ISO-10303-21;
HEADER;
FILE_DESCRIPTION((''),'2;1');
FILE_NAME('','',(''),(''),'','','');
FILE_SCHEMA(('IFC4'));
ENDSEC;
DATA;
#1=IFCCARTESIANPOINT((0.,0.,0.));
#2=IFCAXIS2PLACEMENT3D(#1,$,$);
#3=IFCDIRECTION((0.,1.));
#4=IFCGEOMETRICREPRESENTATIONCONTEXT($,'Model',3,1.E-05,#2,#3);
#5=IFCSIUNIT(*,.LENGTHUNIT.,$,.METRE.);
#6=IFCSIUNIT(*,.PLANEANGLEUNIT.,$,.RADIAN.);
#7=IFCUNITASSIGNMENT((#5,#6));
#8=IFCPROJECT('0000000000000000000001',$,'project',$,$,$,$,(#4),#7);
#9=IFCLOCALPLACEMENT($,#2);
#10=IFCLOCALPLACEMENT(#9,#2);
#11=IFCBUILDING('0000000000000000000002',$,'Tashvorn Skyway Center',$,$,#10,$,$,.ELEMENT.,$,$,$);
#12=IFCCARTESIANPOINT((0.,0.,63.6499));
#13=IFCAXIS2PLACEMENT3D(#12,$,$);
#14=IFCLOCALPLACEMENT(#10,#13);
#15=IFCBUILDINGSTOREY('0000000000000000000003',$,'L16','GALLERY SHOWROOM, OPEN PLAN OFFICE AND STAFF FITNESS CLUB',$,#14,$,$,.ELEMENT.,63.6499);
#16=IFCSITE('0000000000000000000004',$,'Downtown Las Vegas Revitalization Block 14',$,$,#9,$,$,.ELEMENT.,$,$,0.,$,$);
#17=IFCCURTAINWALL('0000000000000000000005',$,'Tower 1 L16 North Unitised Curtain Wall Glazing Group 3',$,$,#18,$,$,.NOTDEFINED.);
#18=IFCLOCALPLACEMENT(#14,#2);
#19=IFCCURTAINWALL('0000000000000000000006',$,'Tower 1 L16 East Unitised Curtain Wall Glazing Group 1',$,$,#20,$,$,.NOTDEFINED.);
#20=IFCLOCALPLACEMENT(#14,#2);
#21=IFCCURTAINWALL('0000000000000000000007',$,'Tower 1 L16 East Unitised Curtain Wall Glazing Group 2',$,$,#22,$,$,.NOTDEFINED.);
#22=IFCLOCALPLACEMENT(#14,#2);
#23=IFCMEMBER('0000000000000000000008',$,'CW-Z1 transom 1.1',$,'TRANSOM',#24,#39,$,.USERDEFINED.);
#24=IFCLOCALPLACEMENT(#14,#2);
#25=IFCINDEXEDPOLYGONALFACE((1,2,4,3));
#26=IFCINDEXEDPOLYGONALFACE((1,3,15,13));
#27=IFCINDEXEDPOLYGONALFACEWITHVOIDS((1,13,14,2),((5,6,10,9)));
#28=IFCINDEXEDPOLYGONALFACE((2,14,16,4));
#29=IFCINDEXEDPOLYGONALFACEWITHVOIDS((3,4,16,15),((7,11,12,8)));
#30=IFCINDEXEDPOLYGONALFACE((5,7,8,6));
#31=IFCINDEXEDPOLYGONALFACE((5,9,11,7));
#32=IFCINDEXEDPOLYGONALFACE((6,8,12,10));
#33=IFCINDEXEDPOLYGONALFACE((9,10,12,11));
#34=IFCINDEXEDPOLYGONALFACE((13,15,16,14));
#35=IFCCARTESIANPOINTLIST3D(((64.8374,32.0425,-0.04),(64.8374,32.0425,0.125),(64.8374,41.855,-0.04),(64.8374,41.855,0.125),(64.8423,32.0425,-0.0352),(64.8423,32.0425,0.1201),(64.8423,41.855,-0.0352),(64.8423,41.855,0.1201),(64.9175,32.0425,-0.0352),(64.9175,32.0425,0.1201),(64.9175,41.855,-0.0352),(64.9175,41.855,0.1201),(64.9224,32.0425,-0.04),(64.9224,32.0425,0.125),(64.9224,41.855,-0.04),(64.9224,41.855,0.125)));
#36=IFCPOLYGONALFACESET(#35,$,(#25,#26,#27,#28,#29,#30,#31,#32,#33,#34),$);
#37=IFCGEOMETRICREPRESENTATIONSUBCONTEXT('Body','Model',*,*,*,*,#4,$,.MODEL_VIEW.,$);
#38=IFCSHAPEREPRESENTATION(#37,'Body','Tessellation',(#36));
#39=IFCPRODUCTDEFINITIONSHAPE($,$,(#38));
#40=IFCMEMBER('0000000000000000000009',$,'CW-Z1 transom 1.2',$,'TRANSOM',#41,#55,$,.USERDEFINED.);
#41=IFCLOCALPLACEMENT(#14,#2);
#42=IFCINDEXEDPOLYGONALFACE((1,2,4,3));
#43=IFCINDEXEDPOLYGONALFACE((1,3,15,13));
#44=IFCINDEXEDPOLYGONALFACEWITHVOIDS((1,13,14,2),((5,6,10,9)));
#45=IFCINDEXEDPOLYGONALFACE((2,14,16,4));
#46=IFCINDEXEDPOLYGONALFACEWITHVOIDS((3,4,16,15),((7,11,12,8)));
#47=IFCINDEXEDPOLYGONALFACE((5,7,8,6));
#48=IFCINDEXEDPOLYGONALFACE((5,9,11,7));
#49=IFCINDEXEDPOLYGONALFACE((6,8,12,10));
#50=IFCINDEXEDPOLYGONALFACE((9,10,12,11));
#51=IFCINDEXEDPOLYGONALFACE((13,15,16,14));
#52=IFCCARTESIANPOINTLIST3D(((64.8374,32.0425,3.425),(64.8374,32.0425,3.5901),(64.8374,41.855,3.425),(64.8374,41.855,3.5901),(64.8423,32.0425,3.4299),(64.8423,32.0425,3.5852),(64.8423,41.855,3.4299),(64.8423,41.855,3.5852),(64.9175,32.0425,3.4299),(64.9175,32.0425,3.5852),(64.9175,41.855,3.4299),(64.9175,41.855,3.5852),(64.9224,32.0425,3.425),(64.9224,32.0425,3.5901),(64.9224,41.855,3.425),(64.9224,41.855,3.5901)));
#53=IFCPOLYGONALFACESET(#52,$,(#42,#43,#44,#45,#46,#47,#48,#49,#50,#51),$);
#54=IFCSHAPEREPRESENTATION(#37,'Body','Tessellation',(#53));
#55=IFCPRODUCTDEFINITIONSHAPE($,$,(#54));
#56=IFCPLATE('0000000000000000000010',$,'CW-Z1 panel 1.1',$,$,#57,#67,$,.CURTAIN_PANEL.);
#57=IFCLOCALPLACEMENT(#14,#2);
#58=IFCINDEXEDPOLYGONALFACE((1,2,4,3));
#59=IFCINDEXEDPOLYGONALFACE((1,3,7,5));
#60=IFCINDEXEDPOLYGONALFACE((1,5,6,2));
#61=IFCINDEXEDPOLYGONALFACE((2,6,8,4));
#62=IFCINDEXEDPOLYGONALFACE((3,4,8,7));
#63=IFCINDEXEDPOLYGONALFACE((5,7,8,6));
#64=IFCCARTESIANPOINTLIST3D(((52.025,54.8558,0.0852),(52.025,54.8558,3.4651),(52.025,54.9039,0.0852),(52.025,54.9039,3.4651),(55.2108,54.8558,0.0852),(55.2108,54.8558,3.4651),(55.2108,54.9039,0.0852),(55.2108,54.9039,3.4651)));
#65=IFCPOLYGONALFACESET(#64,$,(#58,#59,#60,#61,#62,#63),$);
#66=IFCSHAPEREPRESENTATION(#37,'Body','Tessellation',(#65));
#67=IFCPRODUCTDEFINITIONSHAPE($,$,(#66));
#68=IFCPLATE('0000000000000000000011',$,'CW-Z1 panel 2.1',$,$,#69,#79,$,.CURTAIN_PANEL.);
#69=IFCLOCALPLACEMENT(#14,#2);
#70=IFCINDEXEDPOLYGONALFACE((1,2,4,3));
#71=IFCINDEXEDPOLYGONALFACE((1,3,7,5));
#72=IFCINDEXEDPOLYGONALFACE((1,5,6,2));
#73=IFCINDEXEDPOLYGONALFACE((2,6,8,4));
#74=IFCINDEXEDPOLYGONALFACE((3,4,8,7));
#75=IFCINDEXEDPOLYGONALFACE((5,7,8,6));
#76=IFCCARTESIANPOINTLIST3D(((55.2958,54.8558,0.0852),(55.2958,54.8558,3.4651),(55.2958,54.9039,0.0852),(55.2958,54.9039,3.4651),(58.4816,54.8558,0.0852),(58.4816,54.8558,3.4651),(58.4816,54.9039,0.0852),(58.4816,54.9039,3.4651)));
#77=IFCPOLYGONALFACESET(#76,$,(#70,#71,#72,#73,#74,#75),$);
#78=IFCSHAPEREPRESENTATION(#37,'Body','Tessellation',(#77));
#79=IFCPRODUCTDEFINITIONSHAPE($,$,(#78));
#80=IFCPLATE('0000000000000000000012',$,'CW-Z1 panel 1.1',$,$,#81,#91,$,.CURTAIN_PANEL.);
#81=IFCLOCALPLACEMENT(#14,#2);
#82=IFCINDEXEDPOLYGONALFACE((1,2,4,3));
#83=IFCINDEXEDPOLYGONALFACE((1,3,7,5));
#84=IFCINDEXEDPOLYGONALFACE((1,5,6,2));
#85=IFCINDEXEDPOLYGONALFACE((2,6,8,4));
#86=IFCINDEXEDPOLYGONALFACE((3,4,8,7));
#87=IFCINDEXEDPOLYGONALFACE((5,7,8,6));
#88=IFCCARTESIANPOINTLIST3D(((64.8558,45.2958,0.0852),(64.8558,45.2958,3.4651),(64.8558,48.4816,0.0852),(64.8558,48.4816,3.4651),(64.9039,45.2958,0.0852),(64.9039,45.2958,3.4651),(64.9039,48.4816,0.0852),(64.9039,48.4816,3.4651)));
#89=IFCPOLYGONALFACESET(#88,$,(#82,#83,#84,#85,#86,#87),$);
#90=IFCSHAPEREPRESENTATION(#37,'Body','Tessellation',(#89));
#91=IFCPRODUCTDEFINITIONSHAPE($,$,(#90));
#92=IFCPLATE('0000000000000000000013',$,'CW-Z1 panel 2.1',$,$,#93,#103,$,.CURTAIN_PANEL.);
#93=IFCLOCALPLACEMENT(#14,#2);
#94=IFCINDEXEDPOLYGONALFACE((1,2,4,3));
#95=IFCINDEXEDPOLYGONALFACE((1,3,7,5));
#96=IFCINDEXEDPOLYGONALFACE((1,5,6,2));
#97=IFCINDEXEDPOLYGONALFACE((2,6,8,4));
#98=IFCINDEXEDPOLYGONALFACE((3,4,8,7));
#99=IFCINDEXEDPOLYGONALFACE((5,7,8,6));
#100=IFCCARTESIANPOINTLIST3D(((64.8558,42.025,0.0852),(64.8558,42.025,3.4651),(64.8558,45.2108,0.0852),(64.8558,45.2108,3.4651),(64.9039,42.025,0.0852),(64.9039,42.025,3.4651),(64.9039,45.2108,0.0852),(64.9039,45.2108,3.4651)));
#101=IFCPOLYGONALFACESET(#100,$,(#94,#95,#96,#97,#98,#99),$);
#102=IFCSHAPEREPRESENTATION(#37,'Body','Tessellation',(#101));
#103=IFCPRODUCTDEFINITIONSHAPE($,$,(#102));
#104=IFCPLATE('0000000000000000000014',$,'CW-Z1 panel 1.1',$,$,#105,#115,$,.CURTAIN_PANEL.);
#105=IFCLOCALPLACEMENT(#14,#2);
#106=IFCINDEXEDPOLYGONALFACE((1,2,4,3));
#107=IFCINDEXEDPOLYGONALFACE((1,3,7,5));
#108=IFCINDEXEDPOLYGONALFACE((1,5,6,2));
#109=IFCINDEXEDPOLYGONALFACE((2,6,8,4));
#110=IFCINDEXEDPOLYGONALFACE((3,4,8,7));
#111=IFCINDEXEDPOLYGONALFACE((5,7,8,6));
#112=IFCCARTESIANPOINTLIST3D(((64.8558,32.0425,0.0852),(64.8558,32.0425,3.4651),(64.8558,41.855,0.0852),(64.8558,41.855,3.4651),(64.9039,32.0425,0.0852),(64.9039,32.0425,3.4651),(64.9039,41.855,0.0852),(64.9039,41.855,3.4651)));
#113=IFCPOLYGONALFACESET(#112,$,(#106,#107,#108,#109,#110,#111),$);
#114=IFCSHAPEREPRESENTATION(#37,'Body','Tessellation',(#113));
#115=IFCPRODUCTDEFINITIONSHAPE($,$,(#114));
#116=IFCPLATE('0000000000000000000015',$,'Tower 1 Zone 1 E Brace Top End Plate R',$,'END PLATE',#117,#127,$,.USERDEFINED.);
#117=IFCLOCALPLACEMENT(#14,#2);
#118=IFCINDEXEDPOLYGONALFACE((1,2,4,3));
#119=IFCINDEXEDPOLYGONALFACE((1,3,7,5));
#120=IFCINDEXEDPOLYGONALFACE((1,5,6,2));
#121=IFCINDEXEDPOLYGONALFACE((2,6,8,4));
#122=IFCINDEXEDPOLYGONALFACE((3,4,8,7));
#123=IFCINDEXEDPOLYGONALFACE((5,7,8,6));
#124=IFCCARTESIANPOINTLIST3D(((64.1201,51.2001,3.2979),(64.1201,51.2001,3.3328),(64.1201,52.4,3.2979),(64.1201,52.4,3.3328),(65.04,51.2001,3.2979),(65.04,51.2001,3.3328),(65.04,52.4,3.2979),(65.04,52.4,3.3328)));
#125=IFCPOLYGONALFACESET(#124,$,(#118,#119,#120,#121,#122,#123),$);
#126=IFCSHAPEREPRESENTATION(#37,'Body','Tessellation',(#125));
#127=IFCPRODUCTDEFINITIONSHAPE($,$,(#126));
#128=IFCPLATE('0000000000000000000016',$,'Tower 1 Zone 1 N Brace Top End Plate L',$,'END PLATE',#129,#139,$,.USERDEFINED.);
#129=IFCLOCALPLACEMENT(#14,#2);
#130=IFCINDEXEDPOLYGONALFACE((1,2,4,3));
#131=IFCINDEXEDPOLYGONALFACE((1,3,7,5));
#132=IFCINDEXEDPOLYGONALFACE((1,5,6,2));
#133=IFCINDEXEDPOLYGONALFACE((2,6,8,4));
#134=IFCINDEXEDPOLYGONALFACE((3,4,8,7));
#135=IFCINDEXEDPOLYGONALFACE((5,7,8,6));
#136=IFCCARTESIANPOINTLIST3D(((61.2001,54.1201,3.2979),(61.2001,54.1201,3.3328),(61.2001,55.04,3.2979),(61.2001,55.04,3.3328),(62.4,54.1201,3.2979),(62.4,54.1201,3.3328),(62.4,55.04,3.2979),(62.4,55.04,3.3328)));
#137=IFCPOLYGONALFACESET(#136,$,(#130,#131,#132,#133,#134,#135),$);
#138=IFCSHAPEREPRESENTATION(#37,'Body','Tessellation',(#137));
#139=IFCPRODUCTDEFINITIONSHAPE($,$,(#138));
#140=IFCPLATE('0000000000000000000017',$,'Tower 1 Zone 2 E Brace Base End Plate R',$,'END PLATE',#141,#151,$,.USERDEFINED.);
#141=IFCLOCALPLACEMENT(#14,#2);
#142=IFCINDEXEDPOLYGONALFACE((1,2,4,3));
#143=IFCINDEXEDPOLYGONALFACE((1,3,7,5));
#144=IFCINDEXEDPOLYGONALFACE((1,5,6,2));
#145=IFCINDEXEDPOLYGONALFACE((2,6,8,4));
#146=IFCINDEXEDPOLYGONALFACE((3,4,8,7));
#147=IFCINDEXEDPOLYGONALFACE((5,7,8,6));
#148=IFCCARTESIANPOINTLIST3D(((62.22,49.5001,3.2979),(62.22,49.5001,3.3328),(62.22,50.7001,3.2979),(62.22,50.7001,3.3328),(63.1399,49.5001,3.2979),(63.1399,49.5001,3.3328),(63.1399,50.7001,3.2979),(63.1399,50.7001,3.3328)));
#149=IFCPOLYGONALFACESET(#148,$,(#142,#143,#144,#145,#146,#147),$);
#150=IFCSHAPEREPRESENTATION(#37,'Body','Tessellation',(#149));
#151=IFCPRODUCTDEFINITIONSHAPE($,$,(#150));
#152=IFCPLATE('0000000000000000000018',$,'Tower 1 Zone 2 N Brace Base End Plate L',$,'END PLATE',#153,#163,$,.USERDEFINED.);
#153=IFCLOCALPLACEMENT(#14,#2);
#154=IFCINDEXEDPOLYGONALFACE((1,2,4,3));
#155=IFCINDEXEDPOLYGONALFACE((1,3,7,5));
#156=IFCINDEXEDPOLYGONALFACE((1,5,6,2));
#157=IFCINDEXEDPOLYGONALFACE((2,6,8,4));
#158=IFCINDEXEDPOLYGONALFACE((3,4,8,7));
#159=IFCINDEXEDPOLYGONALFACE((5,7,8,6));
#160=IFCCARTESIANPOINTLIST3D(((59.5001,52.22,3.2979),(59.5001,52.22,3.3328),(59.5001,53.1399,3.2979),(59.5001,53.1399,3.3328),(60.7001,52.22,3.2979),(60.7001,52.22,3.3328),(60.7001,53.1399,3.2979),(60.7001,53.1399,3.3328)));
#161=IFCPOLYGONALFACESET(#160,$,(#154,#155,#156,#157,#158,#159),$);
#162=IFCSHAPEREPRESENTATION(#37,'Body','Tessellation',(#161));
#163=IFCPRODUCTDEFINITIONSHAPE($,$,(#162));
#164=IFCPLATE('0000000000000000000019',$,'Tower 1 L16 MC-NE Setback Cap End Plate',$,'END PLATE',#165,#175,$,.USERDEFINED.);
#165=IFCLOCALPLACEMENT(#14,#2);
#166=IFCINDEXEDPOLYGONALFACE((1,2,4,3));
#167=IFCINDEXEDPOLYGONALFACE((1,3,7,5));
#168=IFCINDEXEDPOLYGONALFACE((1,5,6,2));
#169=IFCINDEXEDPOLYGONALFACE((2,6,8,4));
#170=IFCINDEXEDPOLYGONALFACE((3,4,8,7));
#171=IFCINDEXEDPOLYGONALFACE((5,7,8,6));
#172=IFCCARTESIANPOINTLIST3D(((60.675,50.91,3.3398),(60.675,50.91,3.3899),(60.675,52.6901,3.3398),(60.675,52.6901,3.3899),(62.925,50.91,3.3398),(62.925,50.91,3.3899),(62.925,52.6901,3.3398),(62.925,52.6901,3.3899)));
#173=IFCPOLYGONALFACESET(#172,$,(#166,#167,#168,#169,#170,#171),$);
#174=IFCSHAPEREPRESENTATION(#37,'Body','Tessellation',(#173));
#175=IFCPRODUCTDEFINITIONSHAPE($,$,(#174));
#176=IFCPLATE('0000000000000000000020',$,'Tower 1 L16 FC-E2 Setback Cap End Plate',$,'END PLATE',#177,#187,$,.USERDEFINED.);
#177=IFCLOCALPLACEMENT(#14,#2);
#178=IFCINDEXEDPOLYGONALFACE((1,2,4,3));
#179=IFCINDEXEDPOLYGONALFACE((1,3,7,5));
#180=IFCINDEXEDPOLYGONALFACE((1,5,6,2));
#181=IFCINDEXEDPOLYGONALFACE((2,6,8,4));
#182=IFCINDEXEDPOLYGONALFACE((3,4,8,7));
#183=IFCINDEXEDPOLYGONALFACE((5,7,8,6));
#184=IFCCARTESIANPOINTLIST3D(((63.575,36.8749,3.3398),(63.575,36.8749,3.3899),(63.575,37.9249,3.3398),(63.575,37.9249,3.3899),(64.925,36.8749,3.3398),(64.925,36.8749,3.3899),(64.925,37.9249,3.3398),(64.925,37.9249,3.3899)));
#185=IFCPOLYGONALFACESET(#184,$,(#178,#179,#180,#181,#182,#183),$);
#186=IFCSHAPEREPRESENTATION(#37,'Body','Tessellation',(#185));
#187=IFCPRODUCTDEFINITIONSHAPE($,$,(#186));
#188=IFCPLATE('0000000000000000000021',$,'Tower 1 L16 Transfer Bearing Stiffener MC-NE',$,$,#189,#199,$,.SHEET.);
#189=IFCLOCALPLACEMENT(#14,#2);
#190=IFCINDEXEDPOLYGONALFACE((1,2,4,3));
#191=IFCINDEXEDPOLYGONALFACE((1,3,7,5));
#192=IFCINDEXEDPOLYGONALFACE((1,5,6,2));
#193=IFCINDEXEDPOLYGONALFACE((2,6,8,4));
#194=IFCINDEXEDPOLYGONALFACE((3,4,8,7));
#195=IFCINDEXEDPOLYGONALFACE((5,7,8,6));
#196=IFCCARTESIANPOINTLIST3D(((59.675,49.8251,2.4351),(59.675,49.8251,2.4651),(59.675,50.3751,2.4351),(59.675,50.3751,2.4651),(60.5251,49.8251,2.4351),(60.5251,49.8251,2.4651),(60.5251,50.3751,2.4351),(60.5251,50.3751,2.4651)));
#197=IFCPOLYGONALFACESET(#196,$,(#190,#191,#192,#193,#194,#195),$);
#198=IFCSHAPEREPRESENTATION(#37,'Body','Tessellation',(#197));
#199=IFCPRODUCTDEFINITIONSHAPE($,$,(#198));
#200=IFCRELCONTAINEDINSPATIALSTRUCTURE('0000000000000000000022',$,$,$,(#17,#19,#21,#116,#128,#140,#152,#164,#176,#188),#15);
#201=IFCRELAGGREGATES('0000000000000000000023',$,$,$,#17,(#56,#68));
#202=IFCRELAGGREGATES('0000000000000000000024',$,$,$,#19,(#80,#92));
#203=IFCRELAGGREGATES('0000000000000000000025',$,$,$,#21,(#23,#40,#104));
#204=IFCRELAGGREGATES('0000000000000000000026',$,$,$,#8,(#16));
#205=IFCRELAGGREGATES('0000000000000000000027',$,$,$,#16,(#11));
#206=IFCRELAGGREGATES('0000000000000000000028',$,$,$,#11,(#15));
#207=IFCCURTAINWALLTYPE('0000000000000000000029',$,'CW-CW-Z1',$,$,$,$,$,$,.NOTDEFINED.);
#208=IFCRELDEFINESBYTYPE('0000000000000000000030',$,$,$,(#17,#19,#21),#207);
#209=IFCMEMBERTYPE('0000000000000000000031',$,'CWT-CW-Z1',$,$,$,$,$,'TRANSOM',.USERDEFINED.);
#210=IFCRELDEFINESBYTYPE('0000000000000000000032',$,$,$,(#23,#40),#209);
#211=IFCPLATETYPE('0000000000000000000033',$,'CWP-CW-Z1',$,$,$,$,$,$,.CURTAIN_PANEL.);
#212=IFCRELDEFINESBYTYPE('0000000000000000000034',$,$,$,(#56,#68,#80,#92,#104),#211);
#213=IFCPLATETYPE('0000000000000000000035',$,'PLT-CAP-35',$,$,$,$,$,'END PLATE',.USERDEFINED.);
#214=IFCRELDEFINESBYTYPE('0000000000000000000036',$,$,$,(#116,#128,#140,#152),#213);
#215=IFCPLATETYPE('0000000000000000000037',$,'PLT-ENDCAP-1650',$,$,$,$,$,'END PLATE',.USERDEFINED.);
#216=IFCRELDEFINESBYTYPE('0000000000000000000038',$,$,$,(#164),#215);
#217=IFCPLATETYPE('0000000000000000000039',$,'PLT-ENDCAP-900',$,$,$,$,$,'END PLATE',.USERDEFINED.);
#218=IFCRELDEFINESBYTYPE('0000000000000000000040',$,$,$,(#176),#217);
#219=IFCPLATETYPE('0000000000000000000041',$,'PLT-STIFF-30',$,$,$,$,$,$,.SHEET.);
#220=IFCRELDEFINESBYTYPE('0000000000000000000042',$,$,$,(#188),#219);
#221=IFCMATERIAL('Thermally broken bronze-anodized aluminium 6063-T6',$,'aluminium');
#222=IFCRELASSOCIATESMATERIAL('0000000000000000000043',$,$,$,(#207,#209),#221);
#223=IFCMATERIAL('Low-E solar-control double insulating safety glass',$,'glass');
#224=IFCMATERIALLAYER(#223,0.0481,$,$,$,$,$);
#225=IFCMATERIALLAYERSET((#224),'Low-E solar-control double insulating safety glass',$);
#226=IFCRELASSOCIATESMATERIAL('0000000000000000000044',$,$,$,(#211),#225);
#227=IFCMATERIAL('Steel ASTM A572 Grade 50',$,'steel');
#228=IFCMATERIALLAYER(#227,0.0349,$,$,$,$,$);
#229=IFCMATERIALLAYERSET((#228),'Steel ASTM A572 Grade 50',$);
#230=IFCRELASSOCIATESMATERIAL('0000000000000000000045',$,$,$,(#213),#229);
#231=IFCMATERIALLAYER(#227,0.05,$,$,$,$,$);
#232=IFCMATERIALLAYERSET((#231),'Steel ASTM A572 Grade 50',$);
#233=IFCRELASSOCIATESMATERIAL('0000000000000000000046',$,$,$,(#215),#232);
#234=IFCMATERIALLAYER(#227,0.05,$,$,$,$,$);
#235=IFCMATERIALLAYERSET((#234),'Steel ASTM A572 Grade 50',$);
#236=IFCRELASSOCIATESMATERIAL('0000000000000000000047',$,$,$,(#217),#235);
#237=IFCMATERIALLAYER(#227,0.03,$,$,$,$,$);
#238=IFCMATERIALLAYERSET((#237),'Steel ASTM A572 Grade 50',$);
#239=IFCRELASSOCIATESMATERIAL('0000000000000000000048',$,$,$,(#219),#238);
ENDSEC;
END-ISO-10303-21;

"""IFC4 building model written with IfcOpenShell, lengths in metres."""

from ifc_helpers import new_model, si_unit, direction, frame, origin, origin_2d, place, context, subcontext, project, spatial, rectangle, hollow_rectangle, extrude, material, layer, layer_set, material_profile, profile_set, type_object, element, aggregate, save


model = new_model("IFC4")

# Units and contexts
model_context = context("Model", 3, precision=1e-05, world=origin(), true_north=direction((0.0, 1.0)))
body_context = subcontext(model_context, "Body", "Model", "MODEL_VIEW")
ifc_project = project(units=[si_unit("LENGTHUNIT", "METRE"), si_unit("PLANEANGLEUNIT", "RADIAN")], contexts=[model_context])

# Site, building, storey
site_placement = place(None, origin())
site = spatial("IfcSite", under=ifc_project, at=site_placement, Name="Downtown Las Vegas Revitalization Block 14", CompositionType="ELEMENT", RefElevation=0.0)
building_placement = place(site_placement, origin())
building = spatial("IfcBuilding", under=site, at=building_placement, Name="Tashvorn Skyway Center", CompositionType="ELEMENT")
storey_placement = place(building_placement, frame((0.0, 0.0, 63.6499)))
storey = spatial("IfcBuildingStorey", under=building, at=storey_placement, Name="L16", Description="GALLERY SHOWROOM, OPEN PLAN OFFICE AND STAFF FITNESS CLUB", CompositionType="ELEMENT", Elevation=63.6499)

# Shared definitions
ifc_material_1 = material(Name="Steel ASTM A572 Grade 50", Category="steel")

# Curtain walls
ifc_material_2 = material(Name="Thermally broken bronze-anodized aluminium 6063-T6", Category="aluminium")
curtain_wall_type = type_object("IfcCurtainWallType", Name="CW-CW-Z1", PredefinedType="NOTDEFINED", material=ifc_material_2)
curtain_wall_1_placement = place(storey_placement, origin())
curtain_wall_1 = element("IfcCurtainWall", 1, at=curtain_wall_1_placement, inside=storey, type_object=curtain_wall_type, Name="Tower 1 L16 North Unitised Curtain Wall Glazing Group 3", PredefinedType="NOTDEFINED")
curtain_wall_2_placement = place(storey_placement, origin())
curtain_wall_2 = element("IfcCurtainWall", 2, at=curtain_wall_2_placement, inside=storey, type_object=curtain_wall_type, Name="Tower 1 L16 East Unitised Curtain Wall Glazing Group 1", PredefinedType="NOTDEFINED")

# Curtain wall
curtain_wall_3_placement = place(storey_placement, origin())
curtain_wall_3 = element("IfcCurtainWall", 3, at=curtain_wall_3_placement, inside=storey, type_object=curtain_wall_type, Name="Tower 1 L16 East Unitised Curtain Wall Glazing Group 2", PredefinedType="NOTDEFINED")

# Members
ifc_material_profile_1 = material_profile(ifc_material_2, hollow_rectangle(XDim=0.085, YDim=0.165, WallThickness=0.0049, at=origin_2d()), Name="ALU-TRAN-85x165")
ifc_profile_set_1 = profile_set([ifc_material_profile_1], Name="Thermally broken bronze-anodized aluminium 6063-T6")
member_type_1 = type_object("IfcMemberType", Name="CWT-CW-Z1", ElementType="TRANSOM", PredefinedType="USERDEFINED", material=ifc_profile_set_1)
member_1_placement = place(storey_placement, frame((64.8799, 41.855, 0.0425), z_axis=(0.0, -1.0, 0.0), x_axis=(1.0, 0.0, 0.0)))
member_1 = element("IfcMember", 4, at=member_1_placement, type_object=member_type_1, Name="CW-Z1 transom 1.1", ObjectType="TRANSOM", PredefinedType="USERDEFINED", context=body_context, shape_type="SweptSolid", body=[
    extrude(hollow_rectangle(XDim=0.085, YDim=0.165, WallThickness=0.0049, at=origin_2d()), origin(), (0.0, 0.0, 1.0), 9.8125),
])
member_2_placement = place(storey_placement, frame((64.8799, 41.855, 3.5076), z_axis=(0.0, -1.0, 0.0), x_axis=(1.0, 0.0, 0.0)))
member_2 = element("IfcMember", 5, at=member_2_placement, type_object=member_type_1, Name="CW-Z1 transom 1.2", ObjectType="TRANSOM", PredefinedType="USERDEFINED", context=body_context, shape_type="SweptSolid", body=[
    extrude(hollow_rectangle(XDim=0.085, YDim=0.165, WallThickness=0.0049, at=origin_2d()), origin(), (0.0, 0.0, 1.0), 9.8125),
])

# Plates
ifc_material_3 = material(Name="Low-E solar-control double insulating safety glass", Category="glass")
ifc_layer_1 = layer(ifc_material_3, 0.0481)
ifc_layer_set_1 = layer_set([ifc_layer_1], Name="Low-E solar-control double insulating safety glass")
plate_type_1 = type_object("IfcPlateType", Name="CWP-CW-Z1", PredefinedType="CURTAIN_PANEL", material=ifc_layer_set_1)
plate_1_placement = place(storey_placement, frame((53.6179, 54.8799, 0.0852), z_axis=(0.0, 0.0, 1.0), x_axis=(1.0, 0.0, 0.0)))
plate_1 = element("IfcPlate", 6, at=plate_1_placement, type_object=plate_type_1, Name="CW-Z1 panel 1.1", PredefinedType="CURTAIN_PANEL", context=body_context, shape_type="SweptSolid", body=[
    extrude(rectangle(XDim=3.1858, YDim=0.0481, at=origin_2d()), origin(), (0.0, 0.0, 1.0), 3.3799),
])
plate_2_placement = place(storey_placement, frame((56.8887, 54.8799, 0.0852), z_axis=(0.0, 0.0, 1.0), x_axis=(1.0, 0.0, 0.0)))
plate_2 = element("IfcPlate", 7, at=plate_2_placement, type_object=plate_type_1, Name="CW-Z1 panel 2.1", PredefinedType="CURTAIN_PANEL", context=body_context, shape_type="SweptSolid", body=[
    extrude(rectangle(XDim=3.1858, YDim=0.0481, at=origin_2d()), origin(), (0.0, 0.0, 1.0), 3.3799),
])
aggregate(curtain_wall_1, [plate_1, plate_2])
plate_3_placement = place(storey_placement, frame((64.8799, 46.8887, 0.0852), z_axis=(0.0, 0.0, 1.0), x_axis=(0.0, -1.0, 0.0)))
plate_3 = element("IfcPlate", 8, at=plate_3_placement, type_object=plate_type_1, Name="CW-Z1 panel 1.1", PredefinedType="CURTAIN_PANEL", context=body_context, shape_type="SweptSolid", body=[
    extrude(rectangle(XDim=3.1858, YDim=0.0481, at=origin_2d()), origin(), (0.0, 0.0, 1.0), 3.3799),
])
plate_4_placement = place(storey_placement, frame((64.8799, 43.6179, 0.0852), z_axis=(0.0, 0.0, 1.0), x_axis=(0.0, -1.0, 0.0)))
plate_4 = element("IfcPlate", 9, at=plate_4_placement, type_object=plate_type_1, Name="CW-Z1 panel 2.1", PredefinedType="CURTAIN_PANEL", context=body_context, shape_type="SweptSolid", body=[
    extrude(rectangle(XDim=3.1858, YDim=0.0481, at=origin_2d()), origin(), (0.0, 0.0, 1.0), 3.3799),
])
aggregate(curtain_wall_2, [plate_3, plate_4])
plate_5_placement = place(storey_placement, frame((64.8799, 36.9487, 0.0852), z_axis=(0.0, 0.0, 1.0), x_axis=(0.0, -1.0, 0.0)))
plate_5 = element("IfcPlate", 10, at=plate_5_placement, type_object=plate_type_1, Name="CW-Z1 panel 1.1", PredefinedType="CURTAIN_PANEL", context=body_context, shape_type="SweptSolid", body=[
    extrude(rectangle(XDim=9.8125, YDim=0.0481, at=origin_2d()), origin(), (0.0, 0.0, 1.0), 3.3799),
])
aggregate(curtain_wall_3, [member_1, member_2, plate_5])

# Plates
ifc_layer_2 = layer(ifc_material_1, 0.0349)
ifc_layer_set_2 = layer_set([ifc_layer_2], Name="Steel ASTM A572 Grade 50")
plate_type_2 = type_object("IfcPlateType", Name="PLT-CAP-35", ElementType="END PLATE", PredefinedType="USERDEFINED", material=ifc_layer_set_2)
for number, where, z_axis, x_axis, name in (
    (11, (64.5801, 51.8, 3.2979), (0.0, 0.0, 1.0), (0.0, 1.0, 0.0), "Tower 1 Zone 1 E Brace Top End Plate R"),
    (12, (61.8, 54.5801, 3.2979), (0.0, 0.0, 1.0), (-1.0, 0.0, 0.0), "Tower 1 Zone 1 N Brace Top End Plate L"),
    (13, (62.6799, 50.1001, 3.2979), (0.0, 0.0, 1.0), (0.0, 1.0, 0.0), "Tower 1 Zone 2 E Brace Base End Plate R"),
    (14, (60.1001, 52.6799, 3.2979), (0.0, 0.0, 1.0), (-1.0, 0.0, 0.0), "Tower 1 Zone 2 N Brace Base End Plate L"),
):
    element("IfcPlate", number, at=place(storey_placement, frame(where, z_axis=z_axis, x_axis=x_axis)), inside=storey, type_object=plate_type_2, Name=name, ObjectType="END PLATE", PredefinedType="USERDEFINED", context=body_context, shape_type="SweptSolid", body=[
        extrude(rectangle(XDim=1.2, YDim=0.9199, at=origin_2d()), origin(), (0.0, 0.0, 1.0), 0.0349),
    ])
ifc_layer_3 = layer(ifc_material_1, 0.05)
ifc_layer_set_3 = layer_set([ifc_layer_3], Name="Steel ASTM A572 Grade 50")
plate_type_3 = type_object("IfcPlateType", Name="PLT-ENDCAP-1650", ElementType="END PLATE", PredefinedType="USERDEFINED", material=ifc_layer_set_3)
plate_6_placement = place(storey_placement, frame((61.8, 51.8, 3.3398), z_axis=(0.0, 0.0, 1.0), x_axis=(1.0, 0.0, 0.0)))
element("IfcPlate", 15, at=plate_6_placement, inside=storey, type_object=plate_type_3, Name="Tower 1 L16 MC-NE Setback Cap End Plate", ObjectType="END PLATE", PredefinedType="USERDEFINED", context=body_context, shape_type="SweptSolid", body=[
    extrude(rectangle(XDim=2.25, YDim=1.78, at=origin_2d()), origin(), (0.0, 0.0, 1.0), 0.05),
])
ifc_layer_4 = layer(ifc_material_1, 0.05)
ifc_layer_set_4 = layer_set([ifc_layer_4], Name="Steel ASTM A572 Grade 50")
plate_type_4 = type_object("IfcPlateType", Name="PLT-ENDCAP-900", ElementType="END PLATE", PredefinedType="USERDEFINED", material=ifc_layer_set_4)
plate_7_placement = place(storey_placement, frame((64.25, 37.3999, 3.3398), z_axis=(0.0, 0.0, 1.0), x_axis=(1.0, 0.0, 0.0)))
element("IfcPlate", 16, at=plate_7_placement, inside=storey, type_object=plate_type_4, Name="Tower 1 L16 FC-E2 Setback Cap End Plate", ObjectType="END PLATE", PredefinedType="USERDEFINED", context=body_context, shape_type="SweptSolid", body=[
    extrude(rectangle(XDim=1.3501, YDim=1.05, at=origin_2d()), origin(), (0.0, 0.0, 1.0), 0.05),
])
ifc_layer_5 = layer(ifc_material_1, 0.03)
ifc_layer_set_5 = layer_set([ifc_layer_5], Name="Steel ASTM A572 Grade 50")
plate_type_5 = type_object("IfcPlateType", Name="PLT-STIFF-30", PredefinedType="SHEET", material=ifc_layer_set_5)
for number, where, z_axis, x_axis, name in (
    (17, (60.1001, 50.1001, 2.4351), (0.0, 0.0, 1.0), (1.0, 0.0, 0.0), "Tower 1 L16 Transfer Bearing Stiffener MC-NE"),
):
    element("IfcPlate", number, at=place(storey_placement, frame(where, z_axis=z_axis, x_axis=x_axis)), inside=storey, type_object=plate_type_5, Name=name, PredefinedType="SHEET", context=body_context, shape_type="SweptSolid", body=[
        extrude(rectangle(XDim=0.8501, YDim=0.55, at=origin_2d()), origin(), (0.0, 0.0, 1.0), 0.03),
    ])

save(model, "model.ifc")
